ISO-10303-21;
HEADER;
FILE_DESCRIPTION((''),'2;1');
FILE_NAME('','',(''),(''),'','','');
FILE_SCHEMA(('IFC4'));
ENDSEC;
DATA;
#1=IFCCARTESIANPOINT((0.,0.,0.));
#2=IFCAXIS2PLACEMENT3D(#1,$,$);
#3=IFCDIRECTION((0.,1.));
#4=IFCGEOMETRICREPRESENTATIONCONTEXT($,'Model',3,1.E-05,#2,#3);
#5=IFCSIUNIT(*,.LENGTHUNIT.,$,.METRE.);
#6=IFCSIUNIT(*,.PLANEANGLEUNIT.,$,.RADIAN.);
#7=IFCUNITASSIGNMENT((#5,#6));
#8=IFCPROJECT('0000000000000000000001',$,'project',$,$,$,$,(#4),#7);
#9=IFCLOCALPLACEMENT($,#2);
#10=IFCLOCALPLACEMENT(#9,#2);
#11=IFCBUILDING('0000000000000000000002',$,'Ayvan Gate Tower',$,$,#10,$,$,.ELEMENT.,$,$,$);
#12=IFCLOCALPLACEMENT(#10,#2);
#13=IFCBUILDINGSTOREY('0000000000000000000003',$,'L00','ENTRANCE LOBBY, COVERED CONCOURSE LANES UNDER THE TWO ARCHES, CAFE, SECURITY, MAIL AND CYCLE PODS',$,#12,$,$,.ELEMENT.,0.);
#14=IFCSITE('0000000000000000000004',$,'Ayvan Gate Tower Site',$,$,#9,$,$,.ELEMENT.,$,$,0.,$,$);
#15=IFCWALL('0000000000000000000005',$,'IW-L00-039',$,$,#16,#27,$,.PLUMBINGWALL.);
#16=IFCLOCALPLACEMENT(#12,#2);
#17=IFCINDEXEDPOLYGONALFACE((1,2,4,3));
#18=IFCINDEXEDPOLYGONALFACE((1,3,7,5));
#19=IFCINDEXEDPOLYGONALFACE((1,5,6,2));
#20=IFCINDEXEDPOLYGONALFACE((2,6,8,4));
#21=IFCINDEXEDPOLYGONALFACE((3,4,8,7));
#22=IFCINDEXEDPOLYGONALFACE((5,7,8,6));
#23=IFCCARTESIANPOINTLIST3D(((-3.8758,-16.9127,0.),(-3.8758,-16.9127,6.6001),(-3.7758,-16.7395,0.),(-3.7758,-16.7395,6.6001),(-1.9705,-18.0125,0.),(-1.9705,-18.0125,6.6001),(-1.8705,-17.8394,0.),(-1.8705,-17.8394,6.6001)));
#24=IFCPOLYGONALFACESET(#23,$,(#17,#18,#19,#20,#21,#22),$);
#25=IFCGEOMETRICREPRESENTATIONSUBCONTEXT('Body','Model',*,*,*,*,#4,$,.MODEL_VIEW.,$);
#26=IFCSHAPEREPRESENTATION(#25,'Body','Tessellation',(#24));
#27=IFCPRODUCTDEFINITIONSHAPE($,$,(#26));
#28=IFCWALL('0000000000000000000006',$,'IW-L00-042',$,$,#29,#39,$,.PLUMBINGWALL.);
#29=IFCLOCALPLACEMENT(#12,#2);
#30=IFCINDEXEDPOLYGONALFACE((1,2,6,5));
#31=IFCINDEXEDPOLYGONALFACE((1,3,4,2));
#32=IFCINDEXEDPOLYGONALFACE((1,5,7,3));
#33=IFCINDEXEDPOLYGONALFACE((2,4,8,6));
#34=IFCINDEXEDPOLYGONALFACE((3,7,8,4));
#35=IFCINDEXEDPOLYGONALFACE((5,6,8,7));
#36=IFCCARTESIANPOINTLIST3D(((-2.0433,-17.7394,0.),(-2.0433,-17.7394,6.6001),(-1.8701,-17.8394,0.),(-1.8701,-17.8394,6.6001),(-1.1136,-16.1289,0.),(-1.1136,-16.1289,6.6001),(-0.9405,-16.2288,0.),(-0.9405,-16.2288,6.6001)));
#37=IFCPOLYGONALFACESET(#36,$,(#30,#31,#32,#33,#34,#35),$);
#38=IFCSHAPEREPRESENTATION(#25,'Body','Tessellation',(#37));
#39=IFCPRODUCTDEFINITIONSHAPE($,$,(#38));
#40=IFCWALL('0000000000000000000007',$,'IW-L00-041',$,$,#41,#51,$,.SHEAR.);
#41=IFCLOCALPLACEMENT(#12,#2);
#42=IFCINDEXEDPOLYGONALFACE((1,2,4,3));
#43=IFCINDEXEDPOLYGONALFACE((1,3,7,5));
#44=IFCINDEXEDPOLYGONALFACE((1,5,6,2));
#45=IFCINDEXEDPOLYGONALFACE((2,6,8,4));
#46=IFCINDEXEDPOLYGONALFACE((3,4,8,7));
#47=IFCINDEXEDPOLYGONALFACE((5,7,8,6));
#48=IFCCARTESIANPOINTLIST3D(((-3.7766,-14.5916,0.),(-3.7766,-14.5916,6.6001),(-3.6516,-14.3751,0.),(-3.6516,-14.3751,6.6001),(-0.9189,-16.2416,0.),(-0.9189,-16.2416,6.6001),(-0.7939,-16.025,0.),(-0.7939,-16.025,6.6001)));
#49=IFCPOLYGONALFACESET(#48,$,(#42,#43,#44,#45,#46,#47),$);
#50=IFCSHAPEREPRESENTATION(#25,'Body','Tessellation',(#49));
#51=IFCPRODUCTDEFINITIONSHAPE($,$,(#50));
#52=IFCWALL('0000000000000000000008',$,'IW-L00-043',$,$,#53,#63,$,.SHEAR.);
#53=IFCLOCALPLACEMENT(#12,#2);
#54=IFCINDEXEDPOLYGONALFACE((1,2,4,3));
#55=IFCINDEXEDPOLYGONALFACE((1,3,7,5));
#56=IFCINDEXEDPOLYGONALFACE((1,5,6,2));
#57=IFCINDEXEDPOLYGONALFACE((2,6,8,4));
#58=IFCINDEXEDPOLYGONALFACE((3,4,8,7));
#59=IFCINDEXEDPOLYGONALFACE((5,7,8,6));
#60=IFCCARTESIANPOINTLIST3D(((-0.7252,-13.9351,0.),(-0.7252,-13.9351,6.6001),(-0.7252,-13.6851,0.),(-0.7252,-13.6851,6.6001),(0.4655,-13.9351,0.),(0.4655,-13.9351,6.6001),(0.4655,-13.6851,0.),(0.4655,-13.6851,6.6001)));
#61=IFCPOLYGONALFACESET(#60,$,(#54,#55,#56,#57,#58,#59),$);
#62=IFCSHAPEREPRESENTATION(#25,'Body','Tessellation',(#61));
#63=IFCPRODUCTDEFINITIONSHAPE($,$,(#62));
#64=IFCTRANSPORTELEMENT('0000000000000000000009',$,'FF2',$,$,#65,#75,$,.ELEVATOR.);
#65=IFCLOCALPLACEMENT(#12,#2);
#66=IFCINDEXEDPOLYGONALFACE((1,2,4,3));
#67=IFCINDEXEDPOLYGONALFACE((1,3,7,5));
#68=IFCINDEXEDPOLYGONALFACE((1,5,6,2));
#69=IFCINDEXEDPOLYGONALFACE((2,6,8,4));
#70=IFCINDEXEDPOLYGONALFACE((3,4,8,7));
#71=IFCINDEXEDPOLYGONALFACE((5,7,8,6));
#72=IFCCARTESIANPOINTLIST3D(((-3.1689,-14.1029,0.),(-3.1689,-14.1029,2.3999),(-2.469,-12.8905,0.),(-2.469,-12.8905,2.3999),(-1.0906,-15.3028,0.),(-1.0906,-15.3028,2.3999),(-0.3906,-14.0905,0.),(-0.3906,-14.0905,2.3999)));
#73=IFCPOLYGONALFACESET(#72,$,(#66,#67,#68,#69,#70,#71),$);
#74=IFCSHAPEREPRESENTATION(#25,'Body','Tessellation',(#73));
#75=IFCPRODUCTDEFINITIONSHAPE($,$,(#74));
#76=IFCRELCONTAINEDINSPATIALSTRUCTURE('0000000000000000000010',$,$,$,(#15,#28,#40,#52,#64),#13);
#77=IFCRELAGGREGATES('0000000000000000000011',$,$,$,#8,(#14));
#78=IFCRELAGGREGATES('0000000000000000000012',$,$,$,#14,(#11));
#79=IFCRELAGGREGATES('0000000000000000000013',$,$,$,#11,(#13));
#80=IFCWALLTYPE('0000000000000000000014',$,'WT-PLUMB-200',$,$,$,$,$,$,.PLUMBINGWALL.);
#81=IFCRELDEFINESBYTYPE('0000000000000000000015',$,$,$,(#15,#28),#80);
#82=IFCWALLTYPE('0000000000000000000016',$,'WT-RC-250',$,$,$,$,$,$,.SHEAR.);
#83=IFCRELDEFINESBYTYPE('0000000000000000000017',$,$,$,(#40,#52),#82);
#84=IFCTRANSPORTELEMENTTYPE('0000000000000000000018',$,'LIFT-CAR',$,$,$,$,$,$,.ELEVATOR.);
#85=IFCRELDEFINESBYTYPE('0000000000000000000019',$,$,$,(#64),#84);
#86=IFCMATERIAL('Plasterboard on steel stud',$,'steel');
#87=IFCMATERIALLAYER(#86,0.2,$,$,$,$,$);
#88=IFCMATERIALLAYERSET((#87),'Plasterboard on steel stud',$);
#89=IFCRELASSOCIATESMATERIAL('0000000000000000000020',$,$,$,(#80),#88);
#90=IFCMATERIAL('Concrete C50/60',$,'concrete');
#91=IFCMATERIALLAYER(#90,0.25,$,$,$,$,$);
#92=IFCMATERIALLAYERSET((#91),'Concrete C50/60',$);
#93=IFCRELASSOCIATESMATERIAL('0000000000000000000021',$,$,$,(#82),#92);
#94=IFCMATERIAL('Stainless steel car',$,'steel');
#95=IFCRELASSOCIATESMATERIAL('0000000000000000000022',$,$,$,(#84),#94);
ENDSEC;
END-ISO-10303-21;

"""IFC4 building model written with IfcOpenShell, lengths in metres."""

from ifc_helpers import new_model, si_unit, direction, frame, frame_2d, origin, origin_2d, place, context, subcontext, project, spatial, rectangle, extrude, material, layer, layer_set, type_object, element, save


model = new_model("IFC4")

# Units and contexts
model_context = context("Model", 3, precision=1e-05, world=origin(), true_north=direction((0.0, 1.0)))
body_context = subcontext(model_context, "Body", "Model", "MODEL_VIEW")
ifc_project = project(units=[si_unit("LENGTHUNIT", "METRE"), si_unit("PLANEANGLEUNIT", "RADIAN")], contexts=[model_context])

# Site, building, storey
site_placement = place(None, origin())
site = spatial("IfcSite", under=ifc_project, at=site_placement, Name="Ayvan Gate Tower Site", CompositionType="ELEMENT", RefElevation=0.0)
building_placement = place(site_placement, origin())
building = spatial("IfcBuilding", under=site, at=building_placement, Name="Ayvan Gate Tower", CompositionType="ELEMENT")
storey_placement = place(building_placement, origin())
storey = spatial("IfcBuildingStorey", under=building, at=storey_placement, Name="L00", Description="ENTRANCE LOBBY, COVERED CONCOURSE LANES UNDER THE TWO ARCHES, CAFE, SECURITY, MAIL AND CYCLE PODS", CompositionType="ELEMENT", Elevation=0.0)

# Shared definitions
ifc_material_1 = material(Name="Plasterboard on steel stud", Category="steel")

# Walls
ifc_layer_1 = layer(ifc_material_1, 0.2)
ifc_layer_set_1 = layer_set([ifc_layer_1], Name="Plasterboard on steel stud")
wall_type_1 = type_object("IfcWallType", Name="WT-PLUMB-200", PredefinedType="PLUMBINGWALL", material=ifc_layer_set_1)
wall_1_placement = place(storey_placement, frame((-1.9204, -17.926, 0.0), z_axis=(0.0, 0.0, 1.0), x_axis=(-0.866056, 0.499947, 0.0)))
element("IfcWall", 1, at=wall_1_placement, inside=storey, type_object=wall_type_1, Name="IW-L00-039", PredefinedType="PLUMBINGWALL", context=body_context, shape_type="SweptSolid", body=[
    extrude(rectangle(XDim=2.2, YDim=0.2, at=frame_2d((1.1001, 0.0))), origin(), (0.0, 0.0, 1.0), 6.6001),
])
wall_2_placement = place(storey_placement, frame((-1.0271, -16.179, 0.0), z_axis=(0.0, 0.0, 1.0), x_axis=(-0.499923, -0.86607, 0.0)))
element("IfcWall", 2, at=wall_2_placement, inside=storey, type_object=wall_type_1, Name="IW-L00-042", PredefinedType="PLUMBINGWALL", context=body_context, shape_type="SweptSolid", body=[
    extrude(rectangle(XDim=1.8596, YDim=0.2, at=frame_2d((0.9297, 0.0))), origin(), (0.0, 0.0, 1.0), 6.6001),
])
ifc_material_2 = material(Name="Concrete C50/60", Category="concrete")
ifc_layer_2 = layer(ifc_material_2, 0.25)
ifc_layer_set_2 = layer_set([ifc_layer_2], Name="Concrete C50/60")
wall_type_2 = type_object("IfcWallType", Name="WT-RC-250", PredefinedType="SHEAR", material=ifc_layer_set_2)
wall_3_placement = place(storey_placement, frame((-0.8564, -16.1333, 0.0), z_axis=(0.0, 0.0, 1.0), x_axis=(-0.866022, 0.500006, 0.0)))
element("IfcWall", 3, at=wall_3_placement, inside=storey, type_object=wall_type_2, Name="IW-L00-041", PredefinedType="SHEAR", context=body_context, shape_type="SweptSolid", body=[
    extrude(rectangle(XDim=3.2998, YDim=0.25, at=frame_2d((1.6499, 0.0))), origin(), (0.0, 0.0, 1.0), 6.6001),
])
wall_4_placement = place(storey_placement, frame((-0.7251, -13.8101, 0.0), z_axis=(0.0, 0.0, 1.0), x_axis=(1.0, 0.0, 0.0)))
element("IfcWall", 4, at=wall_4_placement, inside=storey, type_object=wall_type_2, Name="IW-L00-043", PredefinedType="SHEAR", context=body_context, shape_type="SweptSolid", body=[
    extrude(rectangle(XDim=1.1907, YDim=0.25, at=frame_2d((0.5952, 0.0))), origin(), (0.0, 0.0, 1.0), 6.6001),
])

# Transport element
ifc_material_3 = material(Name="Stainless steel car", Category="steel")
transport_element_type = type_object("IfcTransportElementType", Name="LIFT-CAR", PredefinedType="ELEVATOR", material=ifc_material_3)
transport_element_placement = place(storey_placement, frame((-1.7798, -14.0967, 0.0), z_axis=(0.0, 0.0, 1.0), x_axis=(0.866025, -0.5, 0.0)))
element("IfcTransportElement", 5, at=transport_element_placement, inside=storey, type_object=transport_element_type, Name="FF2", PredefinedType="ELEVATOR", context=body_context, shape_type="SweptSolid", body=[
    extrude(rectangle(XDim=2.3999, YDim=1.3999, at=origin_2d()), origin(), (0.0, 0.0, 1.0), 2.3999),
])

save(model, "model.ifc")
